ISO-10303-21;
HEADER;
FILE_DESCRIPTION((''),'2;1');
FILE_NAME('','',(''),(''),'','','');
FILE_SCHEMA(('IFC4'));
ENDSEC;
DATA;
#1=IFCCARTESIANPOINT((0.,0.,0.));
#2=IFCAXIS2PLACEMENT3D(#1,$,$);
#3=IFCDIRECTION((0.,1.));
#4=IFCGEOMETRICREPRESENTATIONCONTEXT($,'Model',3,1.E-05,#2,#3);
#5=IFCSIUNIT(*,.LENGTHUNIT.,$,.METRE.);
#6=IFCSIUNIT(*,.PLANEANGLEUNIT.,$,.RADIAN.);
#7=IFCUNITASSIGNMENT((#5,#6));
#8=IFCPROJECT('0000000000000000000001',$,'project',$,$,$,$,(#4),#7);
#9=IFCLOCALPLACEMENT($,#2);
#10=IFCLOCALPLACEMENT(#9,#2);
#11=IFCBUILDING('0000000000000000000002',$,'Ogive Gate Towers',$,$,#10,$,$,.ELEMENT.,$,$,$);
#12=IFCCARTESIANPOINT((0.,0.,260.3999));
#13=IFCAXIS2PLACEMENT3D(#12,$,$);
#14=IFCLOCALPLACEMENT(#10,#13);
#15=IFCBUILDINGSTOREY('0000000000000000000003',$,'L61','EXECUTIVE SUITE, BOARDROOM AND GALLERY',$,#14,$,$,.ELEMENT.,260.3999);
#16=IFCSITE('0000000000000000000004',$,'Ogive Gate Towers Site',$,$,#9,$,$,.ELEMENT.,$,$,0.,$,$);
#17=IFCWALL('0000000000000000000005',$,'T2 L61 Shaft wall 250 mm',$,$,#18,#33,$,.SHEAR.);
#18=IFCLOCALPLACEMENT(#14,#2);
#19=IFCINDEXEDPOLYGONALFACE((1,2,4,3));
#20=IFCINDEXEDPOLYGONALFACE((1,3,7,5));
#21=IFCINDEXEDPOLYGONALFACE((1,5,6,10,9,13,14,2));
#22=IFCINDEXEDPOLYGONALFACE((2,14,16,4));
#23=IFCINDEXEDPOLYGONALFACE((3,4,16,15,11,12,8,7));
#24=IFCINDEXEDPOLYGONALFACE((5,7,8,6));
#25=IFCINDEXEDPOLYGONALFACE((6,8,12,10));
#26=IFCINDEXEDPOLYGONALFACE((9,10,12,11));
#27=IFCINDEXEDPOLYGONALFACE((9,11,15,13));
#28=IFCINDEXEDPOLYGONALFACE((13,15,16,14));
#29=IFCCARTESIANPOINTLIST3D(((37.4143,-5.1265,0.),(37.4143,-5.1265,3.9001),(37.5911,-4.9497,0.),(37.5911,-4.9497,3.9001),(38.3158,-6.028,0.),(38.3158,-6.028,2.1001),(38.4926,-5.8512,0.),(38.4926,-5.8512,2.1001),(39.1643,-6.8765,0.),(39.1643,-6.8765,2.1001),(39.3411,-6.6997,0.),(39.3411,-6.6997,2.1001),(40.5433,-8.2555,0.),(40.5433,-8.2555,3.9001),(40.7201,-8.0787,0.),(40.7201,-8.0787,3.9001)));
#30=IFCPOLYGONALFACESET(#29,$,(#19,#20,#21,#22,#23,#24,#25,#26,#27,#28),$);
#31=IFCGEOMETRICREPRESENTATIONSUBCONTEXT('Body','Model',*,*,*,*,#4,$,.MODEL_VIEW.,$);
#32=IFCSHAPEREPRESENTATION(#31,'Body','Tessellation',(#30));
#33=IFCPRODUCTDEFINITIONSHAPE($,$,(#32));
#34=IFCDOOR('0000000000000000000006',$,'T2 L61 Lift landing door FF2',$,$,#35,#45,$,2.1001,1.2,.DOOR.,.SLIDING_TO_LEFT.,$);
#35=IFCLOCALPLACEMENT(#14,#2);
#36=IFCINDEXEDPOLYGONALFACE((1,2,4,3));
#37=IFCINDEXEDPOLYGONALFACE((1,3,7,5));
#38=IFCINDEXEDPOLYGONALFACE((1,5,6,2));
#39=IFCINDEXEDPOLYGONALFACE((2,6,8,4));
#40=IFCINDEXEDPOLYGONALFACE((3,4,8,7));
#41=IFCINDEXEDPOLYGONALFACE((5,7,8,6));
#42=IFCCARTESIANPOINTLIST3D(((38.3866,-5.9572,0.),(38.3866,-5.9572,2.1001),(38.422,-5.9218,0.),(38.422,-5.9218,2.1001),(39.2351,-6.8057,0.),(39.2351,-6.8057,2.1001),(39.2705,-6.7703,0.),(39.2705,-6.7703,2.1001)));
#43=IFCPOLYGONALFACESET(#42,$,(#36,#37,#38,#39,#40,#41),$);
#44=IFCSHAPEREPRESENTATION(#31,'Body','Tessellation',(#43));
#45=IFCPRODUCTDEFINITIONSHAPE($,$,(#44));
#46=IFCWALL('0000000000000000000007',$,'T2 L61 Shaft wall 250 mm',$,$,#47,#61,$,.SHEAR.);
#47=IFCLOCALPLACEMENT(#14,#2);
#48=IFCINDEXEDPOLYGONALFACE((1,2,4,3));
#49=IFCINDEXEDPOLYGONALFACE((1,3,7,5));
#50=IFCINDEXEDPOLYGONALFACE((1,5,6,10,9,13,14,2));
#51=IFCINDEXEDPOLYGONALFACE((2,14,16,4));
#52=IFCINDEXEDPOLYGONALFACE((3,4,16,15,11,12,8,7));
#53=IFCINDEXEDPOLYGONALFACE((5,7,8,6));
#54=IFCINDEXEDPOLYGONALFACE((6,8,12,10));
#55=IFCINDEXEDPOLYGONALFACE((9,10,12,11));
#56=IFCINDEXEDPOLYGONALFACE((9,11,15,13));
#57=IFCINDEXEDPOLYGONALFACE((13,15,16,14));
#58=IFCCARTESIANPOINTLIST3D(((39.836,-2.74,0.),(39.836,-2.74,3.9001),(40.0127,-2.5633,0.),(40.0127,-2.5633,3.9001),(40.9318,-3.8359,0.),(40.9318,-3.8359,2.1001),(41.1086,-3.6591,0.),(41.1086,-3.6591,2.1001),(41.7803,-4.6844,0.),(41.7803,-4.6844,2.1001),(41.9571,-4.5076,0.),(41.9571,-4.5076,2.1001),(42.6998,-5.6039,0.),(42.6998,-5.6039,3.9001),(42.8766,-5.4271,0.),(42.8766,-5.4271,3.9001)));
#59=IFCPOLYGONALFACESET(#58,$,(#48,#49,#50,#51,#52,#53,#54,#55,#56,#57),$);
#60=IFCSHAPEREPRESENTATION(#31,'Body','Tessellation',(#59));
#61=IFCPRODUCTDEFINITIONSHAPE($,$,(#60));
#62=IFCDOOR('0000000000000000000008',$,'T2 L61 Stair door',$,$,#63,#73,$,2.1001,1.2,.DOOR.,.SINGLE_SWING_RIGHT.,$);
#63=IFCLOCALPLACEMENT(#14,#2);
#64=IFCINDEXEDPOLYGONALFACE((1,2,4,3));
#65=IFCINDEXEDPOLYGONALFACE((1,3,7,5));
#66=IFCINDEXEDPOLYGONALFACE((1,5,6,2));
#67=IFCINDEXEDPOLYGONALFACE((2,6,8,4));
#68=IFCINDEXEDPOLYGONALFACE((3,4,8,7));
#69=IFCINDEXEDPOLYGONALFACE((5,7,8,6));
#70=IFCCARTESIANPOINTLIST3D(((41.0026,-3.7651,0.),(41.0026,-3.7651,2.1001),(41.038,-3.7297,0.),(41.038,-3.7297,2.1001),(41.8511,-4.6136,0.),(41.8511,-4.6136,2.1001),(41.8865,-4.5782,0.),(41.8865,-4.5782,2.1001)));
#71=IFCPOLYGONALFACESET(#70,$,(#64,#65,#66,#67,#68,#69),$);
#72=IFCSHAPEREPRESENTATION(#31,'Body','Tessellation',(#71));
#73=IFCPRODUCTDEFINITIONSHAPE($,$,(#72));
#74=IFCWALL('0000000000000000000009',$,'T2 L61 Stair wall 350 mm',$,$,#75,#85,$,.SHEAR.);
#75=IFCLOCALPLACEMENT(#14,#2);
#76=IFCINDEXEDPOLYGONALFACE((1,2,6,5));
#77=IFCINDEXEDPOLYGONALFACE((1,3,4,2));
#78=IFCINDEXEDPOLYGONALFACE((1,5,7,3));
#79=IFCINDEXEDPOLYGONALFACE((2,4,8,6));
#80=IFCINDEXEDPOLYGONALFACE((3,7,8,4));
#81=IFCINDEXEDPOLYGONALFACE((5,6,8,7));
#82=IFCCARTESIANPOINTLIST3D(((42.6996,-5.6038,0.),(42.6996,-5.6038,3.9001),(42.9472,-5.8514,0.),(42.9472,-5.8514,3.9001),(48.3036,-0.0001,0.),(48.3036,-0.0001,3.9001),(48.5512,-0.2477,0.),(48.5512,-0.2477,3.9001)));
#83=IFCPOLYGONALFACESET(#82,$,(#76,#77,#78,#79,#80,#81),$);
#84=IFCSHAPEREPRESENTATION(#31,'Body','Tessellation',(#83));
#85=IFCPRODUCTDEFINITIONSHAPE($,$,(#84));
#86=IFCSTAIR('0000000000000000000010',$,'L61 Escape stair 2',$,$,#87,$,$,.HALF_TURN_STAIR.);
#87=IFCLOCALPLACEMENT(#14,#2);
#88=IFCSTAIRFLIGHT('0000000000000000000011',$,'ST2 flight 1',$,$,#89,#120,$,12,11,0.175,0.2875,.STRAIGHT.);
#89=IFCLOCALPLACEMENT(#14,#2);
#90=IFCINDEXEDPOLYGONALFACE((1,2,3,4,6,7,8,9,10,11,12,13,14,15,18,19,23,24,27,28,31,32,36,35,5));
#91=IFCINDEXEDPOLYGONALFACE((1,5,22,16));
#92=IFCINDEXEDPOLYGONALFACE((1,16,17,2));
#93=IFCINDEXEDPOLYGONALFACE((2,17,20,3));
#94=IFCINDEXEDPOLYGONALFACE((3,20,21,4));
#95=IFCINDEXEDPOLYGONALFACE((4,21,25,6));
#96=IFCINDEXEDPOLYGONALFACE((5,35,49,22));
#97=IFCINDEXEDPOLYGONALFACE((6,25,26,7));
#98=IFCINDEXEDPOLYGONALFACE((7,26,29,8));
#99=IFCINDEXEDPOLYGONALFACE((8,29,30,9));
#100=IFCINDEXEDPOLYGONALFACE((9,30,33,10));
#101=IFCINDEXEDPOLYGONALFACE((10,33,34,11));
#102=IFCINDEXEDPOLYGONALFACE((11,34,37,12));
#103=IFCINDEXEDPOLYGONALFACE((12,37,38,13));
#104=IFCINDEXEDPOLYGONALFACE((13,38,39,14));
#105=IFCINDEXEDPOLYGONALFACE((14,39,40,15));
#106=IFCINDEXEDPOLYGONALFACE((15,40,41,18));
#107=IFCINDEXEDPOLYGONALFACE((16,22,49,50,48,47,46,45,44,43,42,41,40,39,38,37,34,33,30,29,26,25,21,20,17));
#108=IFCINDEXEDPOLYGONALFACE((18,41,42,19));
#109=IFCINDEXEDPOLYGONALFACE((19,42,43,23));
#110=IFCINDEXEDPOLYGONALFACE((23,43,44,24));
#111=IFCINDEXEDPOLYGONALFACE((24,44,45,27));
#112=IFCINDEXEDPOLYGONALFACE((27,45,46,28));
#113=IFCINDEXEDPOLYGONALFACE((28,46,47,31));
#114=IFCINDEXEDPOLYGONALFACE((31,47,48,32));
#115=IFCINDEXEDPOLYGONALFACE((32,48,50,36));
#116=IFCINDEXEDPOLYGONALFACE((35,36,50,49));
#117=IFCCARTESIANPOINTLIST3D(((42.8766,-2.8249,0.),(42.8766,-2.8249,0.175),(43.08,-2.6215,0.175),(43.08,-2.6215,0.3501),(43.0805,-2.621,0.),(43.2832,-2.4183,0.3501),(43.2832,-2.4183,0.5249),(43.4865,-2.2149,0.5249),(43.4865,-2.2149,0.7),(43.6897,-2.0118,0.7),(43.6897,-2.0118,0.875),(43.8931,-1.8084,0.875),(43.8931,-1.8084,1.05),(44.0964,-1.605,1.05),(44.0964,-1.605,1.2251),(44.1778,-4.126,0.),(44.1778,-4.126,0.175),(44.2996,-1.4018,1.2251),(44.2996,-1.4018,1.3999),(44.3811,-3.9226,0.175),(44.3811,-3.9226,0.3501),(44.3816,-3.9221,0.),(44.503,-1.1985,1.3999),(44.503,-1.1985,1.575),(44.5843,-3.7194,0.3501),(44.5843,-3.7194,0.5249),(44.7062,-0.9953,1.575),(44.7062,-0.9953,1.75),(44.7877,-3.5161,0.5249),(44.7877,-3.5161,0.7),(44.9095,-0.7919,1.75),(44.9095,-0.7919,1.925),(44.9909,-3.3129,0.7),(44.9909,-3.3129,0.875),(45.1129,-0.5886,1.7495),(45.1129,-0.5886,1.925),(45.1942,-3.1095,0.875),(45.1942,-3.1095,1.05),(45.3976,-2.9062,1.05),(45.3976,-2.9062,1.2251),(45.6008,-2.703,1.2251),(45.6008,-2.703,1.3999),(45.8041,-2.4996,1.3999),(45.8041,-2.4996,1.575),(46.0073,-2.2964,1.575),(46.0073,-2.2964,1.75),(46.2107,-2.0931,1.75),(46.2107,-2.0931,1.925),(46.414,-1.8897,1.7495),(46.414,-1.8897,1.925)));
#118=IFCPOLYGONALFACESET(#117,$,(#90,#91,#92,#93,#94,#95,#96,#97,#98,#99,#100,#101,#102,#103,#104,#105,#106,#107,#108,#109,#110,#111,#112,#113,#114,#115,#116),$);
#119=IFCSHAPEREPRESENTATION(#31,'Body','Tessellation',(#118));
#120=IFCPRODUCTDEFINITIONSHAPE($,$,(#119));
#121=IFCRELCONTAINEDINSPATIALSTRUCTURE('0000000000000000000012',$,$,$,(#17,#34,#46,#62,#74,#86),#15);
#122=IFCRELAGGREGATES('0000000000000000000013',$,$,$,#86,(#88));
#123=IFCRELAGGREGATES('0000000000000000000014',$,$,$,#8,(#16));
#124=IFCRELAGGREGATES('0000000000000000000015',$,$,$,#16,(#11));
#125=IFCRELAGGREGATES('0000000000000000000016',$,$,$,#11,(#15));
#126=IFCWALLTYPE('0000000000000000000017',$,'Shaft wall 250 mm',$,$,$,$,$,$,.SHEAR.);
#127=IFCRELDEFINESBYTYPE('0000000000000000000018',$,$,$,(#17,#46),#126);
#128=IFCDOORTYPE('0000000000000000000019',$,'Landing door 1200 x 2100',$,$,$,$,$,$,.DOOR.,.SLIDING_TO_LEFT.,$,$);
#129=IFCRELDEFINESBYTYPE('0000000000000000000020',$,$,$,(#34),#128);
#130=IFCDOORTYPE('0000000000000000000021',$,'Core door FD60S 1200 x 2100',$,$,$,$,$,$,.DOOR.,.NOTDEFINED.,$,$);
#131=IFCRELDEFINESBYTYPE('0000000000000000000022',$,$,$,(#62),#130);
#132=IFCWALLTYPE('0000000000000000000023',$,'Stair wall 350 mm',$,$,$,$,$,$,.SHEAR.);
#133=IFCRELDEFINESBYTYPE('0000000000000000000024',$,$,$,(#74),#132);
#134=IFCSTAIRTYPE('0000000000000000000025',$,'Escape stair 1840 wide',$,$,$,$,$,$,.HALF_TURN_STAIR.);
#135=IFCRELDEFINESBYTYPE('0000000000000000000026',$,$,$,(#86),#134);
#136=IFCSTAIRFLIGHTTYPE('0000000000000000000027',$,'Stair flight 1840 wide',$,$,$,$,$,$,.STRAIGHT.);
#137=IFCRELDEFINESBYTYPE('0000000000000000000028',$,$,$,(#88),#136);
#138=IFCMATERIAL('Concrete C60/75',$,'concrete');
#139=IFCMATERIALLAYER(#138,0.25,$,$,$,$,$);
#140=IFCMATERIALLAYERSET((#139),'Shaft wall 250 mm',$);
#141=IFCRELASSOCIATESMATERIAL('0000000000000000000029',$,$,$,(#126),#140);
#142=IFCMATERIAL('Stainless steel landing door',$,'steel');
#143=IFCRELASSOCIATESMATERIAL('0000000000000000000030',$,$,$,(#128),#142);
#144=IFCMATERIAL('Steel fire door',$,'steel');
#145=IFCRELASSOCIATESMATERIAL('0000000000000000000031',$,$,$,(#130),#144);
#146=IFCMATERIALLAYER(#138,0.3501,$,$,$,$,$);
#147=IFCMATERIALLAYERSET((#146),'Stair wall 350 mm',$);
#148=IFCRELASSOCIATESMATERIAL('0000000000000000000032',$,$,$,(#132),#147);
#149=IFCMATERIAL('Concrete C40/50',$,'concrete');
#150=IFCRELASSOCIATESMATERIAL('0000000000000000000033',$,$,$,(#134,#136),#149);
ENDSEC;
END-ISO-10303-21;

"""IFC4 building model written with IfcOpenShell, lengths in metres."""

from ifc_helpers import new_model, si_unit, direction, frame, frame_2d, origin, place, context, subcontext, project, spatial, polyline, rectangle, outline, extrude, material, layer, layer_set, type_object, element, fill, aggregate, save


model = new_model("IFC4")

# Units and contexts
model_context = context("Model", 3, precision=1e-05, world=origin(), true_north=direction((0.0, 1.0)))
body_context = subcontext(model_context, "Body", "Model", "MODEL_VIEW")
ifc_project = project(units=[si_unit("LENGTHUNIT", "METRE"), si_unit("PLANEANGLEUNIT", "RADIAN")], contexts=[model_context])

# Site, building, storey
site_placement = place(None, origin())
site = spatial("IfcSite", under=ifc_project, at=site_placement, Name="Ogive Gate Towers Site", CompositionType="ELEMENT", RefElevation=0.0)
building_placement = place(site_placement, origin())
building = spatial("IfcBuilding", under=site, at=building_placement, Name="Ogive Gate Towers", CompositionType="ELEMENT")
storey_placement = place(building_placement, frame((0.0, 0.0, 260.3999)))
storey = spatial("IfcBuildingStorey", under=building, at=storey_placement, Name="L61", Description="EXECUTIVE SUITE, BOARDROOM AND GALLERY", CompositionType="ELEMENT", Elevation=260.3999)

# Shared definitions
ifc_material_1 = material(Name="Concrete C60/75", Category="concrete")
ifc_material_2 = material(Name="Steel fire door", Category="steel")

# Shared definitions
ifc_layer_1 = layer(ifc_material_1, 0.25)
ifc_layer_set_1 = layer_set([ifc_layer_1], Name="Shaft wall 250 mm")
wall_type_1 = type_object("IfcWallType", Name="Shaft wall 250 mm", PredefinedType="SHEAR", material=ifc_layer_set_1)

# Walls, openings, doors
wall_1_placement = place(storey_placement, frame((40.6316, -8.167, 0.0), z_axis=(0.0, 0.0, 1.0), x_axis=(-0.707107, 0.707107, 0.0)))
wall_1 = element("IfcWall", 1, at=wall_1_placement, inside=storey, type_object=wall_type_1, Name="T2 L61 Shaft wall 250 mm", PredefinedType="SHEAR", context=body_context, shape_type="SweptSolid", body=[
    extrude(rectangle(XDim=4.425, YDim=0.25, at=frame_2d((2.2124, 0.0))), origin(), (0.0, 0.0, 1.0), 3.9001),
])
opening_1_placement = place(wall_1_placement, frame((1.95, 0.0, 0.0)))
opening_1 = element("IfcOpeningElement", 2, at=opening_1_placement, cuts=wall_1, PredefinedType="OPENING", context=body_context, shape_type="SweptSolid", body=[
    extrude(rectangle(XDim=1.2, YDim=2.1001, at=frame_2d((0.6001, 1.05))), frame((0.0, 0.135, 0.0), z_axis=(0.0, -1.0, 0.0), x_axis=(1.0, 0.0, 0.0)), (0.0, 0.0, 1.0), 0.27),
])
ifc_material_3 = material(Name="Stainless steel landing door", Category="steel")
door_type_1 = type_object("IfcDoorType", Name="Landing door 1200 x 2100", OperationType="SLIDING_TO_LEFT", PredefinedType="DOOR", material=ifc_material_3)
door_1_placement = place(opening_1_placement, origin())
door_1 = element("IfcDoor", 3, at=door_1_placement, inside=storey, type_object=door_type_1, Name="T2 L61 Lift landing door FF2", OperationType="SLIDING_TO_LEFT", OverallHeight=2.1001, OverallWidth=1.2, PredefinedType="DOOR", context=body_context, shape_type="SweptSolid", body=[
    extrude(rectangle(XDim=1.2, YDim=2.1001, at=frame_2d((0.6001, 1.05))), frame((0.0, 0.0249, 0.0), z_axis=(0.0, -1.0, 0.0), x_axis=(1.0, 0.0, 0.0)), (0.0, 0.0, 1.0), 0.05),
])
fill(opening_1, door_1)
wall_2_placement = place(storey_placement, frame((42.7881, -5.5154, 0.0), z_axis=(0.0, 0.0, 1.0), x_axis=(-0.707107, 0.707107, 0.0)))
wall_2 = element("IfcWall", 4, at=wall_2_placement, inside=storey, type_object=wall_type_1, Name="T2 L61 Shaft wall 250 mm", PredefinedType="SHEAR", context=body_context, shape_type="SweptSolid", body=[
    extrude(rectangle(XDim=4.05, YDim=0.25, at=frame_2d((2.0249, 0.0))), origin(), (0.0, 0.0, 1.0), 3.9001),
])
opening_2_placement = place(wall_2_placement, frame((1.3, 0.0, 0.0)))
opening_2 = element("IfcOpeningElement", 5, at=opening_2_placement, cuts=wall_2, PredefinedType="OPENING", context=body_context, shape_type="SweptSolid", body=[
    extrude(rectangle(XDim=1.2, YDim=2.1001, at=frame_2d((0.6001, 1.05))), frame((0.0, 0.135, 0.0), z_axis=(0.0, -1.0, 0.0), x_axis=(1.0, 0.0, 0.0)), (0.0, 0.0, 1.0), 0.27),
])
door_type_2 = type_object("IfcDoorType", Name="Core door FD60S 1200 x 2100", OperationType="NOTDEFINED", PredefinedType="DOOR", material=ifc_material_2)
door_2_placement = place(opening_2_placement, origin())
door_2 = element("IfcDoor", 6, at=door_2_placement, inside=storey, type_object=door_type_2, Name="T2 L61 Stair door", OperationType="SINGLE_SWING_RIGHT", OverallHeight=2.1001, OverallWidth=1.2, PredefinedType="DOOR", context=body_context, shape_type="SweptSolid", body=[
    extrude(rectangle(XDim=1.2, YDim=2.1001, at=frame_2d((0.6001, 1.05))), frame((0.0, 0.0249, 0.0), z_axis=(0.0, -1.0, 0.0), x_axis=(1.0, 0.0, 0.0)), (0.0, 0.0, 1.0), 0.05),
])
fill(opening_2, door_2)

# Wall
ifc_layer_2 = layer(ifc_material_1, 0.3501)
ifc_layer_set_2 = layer_set([ifc_layer_2], Name="Stair wall 350 mm")
wall_type_2 = type_object("IfcWallType", Name="Stair wall 350 mm", PredefinedType="SHEAR", material=ifc_layer_set_2)
wall_3_placement = place(storey_placement, frame((42.8235, -5.7275, 0.0), z_axis=(0.0, 0.0, 1.0), x_axis=(0.707122, 0.707091, 0.0)))
element("IfcWall", 7, at=wall_3_placement, inside=storey, type_object=wall_type_2, Name="T2 L61 Stair wall 350 mm", PredefinedType="SHEAR", context=body_context, shape_type="SweptSolid", body=[
    extrude(rectangle(XDim=7.925, YDim=0.3501, at=frame_2d((3.9624, 0.0))), origin(), (0.0, 0.0, 1.0), 3.9001),
])

# Stair, stair flight
ifc_material_4 = material(Name="Concrete C40/50", Category="concrete")
stair_type = type_object("IfcStairType", Name="Escape stair 1840 wide", PredefinedType="HALF_TURN_STAIR", material=ifc_material_4)
stair_placement = place(storey_placement, origin())
stair = element("IfcStair", 8, at=stair_placement, inside=storey, type_object=stair_type, Name="L61 Escape stair 2", PredefinedType="HALF_TURN_STAIR")
stair_flight_type = type_object("IfcStairFlightType", Name="Stair flight 1840 wide", PredefinedType="STRAIGHT", material=ifc_material_4)
stair_flight_placement = place(storey_placement, frame((43.5271, -3.4753, 0.0), z_axis=(0.0, 0.0, 1.0), x_axis=(0.707107, 0.707107, 0.0)))
stair_flight = element("IfcStairFlight", 9, at=stair_flight_placement, type_object=stair_flight_type, Name="ST2 flight 1", NumberOfRisers=12, NumberOfTreads=11, PredefinedType="STRAIGHT", RiserHeight=0.175, TreadLength=0.2875, context=body_context, shape_type="SweptSolid", body=[
    extrude(outline(polyline([(0.0, 0.0), (0.0, 0.175), (0.2876, 0.175), (0.2876, 0.3501), (0.575, 0.3501), (0.575, 0.5249), (0.8625, 0.5249), (0.8625, 0.7), (1.1499, 0.7), (1.1499, 0.875), (1.4375, 0.875), (1.4375, 1.05), (1.7251, 1.05), (1.7251, 1.2251), (2.0125, 1.2251), (2.0125, 1.3999), (2.3, 1.3999), (2.3, 1.575), (2.5874, 1.575), (2.5874, 1.75), (2.875, 1.75), (2.875, 1.925), (3.1626, 1.925), (3.1626, 2.1001), (3.1626, 1.7495), (0.2883, 0.0), (0.0, 0.0)])), frame((0.0, 0.9199, 0.0), z_axis=(0.0, -1.0, 0.0), x_axis=(1.0, 0.0, 0.0)), (0.0, 0.0, 1.0), 1.8401),
])
aggregate(stair, [stair_flight])

save(model, "model.ifc")
